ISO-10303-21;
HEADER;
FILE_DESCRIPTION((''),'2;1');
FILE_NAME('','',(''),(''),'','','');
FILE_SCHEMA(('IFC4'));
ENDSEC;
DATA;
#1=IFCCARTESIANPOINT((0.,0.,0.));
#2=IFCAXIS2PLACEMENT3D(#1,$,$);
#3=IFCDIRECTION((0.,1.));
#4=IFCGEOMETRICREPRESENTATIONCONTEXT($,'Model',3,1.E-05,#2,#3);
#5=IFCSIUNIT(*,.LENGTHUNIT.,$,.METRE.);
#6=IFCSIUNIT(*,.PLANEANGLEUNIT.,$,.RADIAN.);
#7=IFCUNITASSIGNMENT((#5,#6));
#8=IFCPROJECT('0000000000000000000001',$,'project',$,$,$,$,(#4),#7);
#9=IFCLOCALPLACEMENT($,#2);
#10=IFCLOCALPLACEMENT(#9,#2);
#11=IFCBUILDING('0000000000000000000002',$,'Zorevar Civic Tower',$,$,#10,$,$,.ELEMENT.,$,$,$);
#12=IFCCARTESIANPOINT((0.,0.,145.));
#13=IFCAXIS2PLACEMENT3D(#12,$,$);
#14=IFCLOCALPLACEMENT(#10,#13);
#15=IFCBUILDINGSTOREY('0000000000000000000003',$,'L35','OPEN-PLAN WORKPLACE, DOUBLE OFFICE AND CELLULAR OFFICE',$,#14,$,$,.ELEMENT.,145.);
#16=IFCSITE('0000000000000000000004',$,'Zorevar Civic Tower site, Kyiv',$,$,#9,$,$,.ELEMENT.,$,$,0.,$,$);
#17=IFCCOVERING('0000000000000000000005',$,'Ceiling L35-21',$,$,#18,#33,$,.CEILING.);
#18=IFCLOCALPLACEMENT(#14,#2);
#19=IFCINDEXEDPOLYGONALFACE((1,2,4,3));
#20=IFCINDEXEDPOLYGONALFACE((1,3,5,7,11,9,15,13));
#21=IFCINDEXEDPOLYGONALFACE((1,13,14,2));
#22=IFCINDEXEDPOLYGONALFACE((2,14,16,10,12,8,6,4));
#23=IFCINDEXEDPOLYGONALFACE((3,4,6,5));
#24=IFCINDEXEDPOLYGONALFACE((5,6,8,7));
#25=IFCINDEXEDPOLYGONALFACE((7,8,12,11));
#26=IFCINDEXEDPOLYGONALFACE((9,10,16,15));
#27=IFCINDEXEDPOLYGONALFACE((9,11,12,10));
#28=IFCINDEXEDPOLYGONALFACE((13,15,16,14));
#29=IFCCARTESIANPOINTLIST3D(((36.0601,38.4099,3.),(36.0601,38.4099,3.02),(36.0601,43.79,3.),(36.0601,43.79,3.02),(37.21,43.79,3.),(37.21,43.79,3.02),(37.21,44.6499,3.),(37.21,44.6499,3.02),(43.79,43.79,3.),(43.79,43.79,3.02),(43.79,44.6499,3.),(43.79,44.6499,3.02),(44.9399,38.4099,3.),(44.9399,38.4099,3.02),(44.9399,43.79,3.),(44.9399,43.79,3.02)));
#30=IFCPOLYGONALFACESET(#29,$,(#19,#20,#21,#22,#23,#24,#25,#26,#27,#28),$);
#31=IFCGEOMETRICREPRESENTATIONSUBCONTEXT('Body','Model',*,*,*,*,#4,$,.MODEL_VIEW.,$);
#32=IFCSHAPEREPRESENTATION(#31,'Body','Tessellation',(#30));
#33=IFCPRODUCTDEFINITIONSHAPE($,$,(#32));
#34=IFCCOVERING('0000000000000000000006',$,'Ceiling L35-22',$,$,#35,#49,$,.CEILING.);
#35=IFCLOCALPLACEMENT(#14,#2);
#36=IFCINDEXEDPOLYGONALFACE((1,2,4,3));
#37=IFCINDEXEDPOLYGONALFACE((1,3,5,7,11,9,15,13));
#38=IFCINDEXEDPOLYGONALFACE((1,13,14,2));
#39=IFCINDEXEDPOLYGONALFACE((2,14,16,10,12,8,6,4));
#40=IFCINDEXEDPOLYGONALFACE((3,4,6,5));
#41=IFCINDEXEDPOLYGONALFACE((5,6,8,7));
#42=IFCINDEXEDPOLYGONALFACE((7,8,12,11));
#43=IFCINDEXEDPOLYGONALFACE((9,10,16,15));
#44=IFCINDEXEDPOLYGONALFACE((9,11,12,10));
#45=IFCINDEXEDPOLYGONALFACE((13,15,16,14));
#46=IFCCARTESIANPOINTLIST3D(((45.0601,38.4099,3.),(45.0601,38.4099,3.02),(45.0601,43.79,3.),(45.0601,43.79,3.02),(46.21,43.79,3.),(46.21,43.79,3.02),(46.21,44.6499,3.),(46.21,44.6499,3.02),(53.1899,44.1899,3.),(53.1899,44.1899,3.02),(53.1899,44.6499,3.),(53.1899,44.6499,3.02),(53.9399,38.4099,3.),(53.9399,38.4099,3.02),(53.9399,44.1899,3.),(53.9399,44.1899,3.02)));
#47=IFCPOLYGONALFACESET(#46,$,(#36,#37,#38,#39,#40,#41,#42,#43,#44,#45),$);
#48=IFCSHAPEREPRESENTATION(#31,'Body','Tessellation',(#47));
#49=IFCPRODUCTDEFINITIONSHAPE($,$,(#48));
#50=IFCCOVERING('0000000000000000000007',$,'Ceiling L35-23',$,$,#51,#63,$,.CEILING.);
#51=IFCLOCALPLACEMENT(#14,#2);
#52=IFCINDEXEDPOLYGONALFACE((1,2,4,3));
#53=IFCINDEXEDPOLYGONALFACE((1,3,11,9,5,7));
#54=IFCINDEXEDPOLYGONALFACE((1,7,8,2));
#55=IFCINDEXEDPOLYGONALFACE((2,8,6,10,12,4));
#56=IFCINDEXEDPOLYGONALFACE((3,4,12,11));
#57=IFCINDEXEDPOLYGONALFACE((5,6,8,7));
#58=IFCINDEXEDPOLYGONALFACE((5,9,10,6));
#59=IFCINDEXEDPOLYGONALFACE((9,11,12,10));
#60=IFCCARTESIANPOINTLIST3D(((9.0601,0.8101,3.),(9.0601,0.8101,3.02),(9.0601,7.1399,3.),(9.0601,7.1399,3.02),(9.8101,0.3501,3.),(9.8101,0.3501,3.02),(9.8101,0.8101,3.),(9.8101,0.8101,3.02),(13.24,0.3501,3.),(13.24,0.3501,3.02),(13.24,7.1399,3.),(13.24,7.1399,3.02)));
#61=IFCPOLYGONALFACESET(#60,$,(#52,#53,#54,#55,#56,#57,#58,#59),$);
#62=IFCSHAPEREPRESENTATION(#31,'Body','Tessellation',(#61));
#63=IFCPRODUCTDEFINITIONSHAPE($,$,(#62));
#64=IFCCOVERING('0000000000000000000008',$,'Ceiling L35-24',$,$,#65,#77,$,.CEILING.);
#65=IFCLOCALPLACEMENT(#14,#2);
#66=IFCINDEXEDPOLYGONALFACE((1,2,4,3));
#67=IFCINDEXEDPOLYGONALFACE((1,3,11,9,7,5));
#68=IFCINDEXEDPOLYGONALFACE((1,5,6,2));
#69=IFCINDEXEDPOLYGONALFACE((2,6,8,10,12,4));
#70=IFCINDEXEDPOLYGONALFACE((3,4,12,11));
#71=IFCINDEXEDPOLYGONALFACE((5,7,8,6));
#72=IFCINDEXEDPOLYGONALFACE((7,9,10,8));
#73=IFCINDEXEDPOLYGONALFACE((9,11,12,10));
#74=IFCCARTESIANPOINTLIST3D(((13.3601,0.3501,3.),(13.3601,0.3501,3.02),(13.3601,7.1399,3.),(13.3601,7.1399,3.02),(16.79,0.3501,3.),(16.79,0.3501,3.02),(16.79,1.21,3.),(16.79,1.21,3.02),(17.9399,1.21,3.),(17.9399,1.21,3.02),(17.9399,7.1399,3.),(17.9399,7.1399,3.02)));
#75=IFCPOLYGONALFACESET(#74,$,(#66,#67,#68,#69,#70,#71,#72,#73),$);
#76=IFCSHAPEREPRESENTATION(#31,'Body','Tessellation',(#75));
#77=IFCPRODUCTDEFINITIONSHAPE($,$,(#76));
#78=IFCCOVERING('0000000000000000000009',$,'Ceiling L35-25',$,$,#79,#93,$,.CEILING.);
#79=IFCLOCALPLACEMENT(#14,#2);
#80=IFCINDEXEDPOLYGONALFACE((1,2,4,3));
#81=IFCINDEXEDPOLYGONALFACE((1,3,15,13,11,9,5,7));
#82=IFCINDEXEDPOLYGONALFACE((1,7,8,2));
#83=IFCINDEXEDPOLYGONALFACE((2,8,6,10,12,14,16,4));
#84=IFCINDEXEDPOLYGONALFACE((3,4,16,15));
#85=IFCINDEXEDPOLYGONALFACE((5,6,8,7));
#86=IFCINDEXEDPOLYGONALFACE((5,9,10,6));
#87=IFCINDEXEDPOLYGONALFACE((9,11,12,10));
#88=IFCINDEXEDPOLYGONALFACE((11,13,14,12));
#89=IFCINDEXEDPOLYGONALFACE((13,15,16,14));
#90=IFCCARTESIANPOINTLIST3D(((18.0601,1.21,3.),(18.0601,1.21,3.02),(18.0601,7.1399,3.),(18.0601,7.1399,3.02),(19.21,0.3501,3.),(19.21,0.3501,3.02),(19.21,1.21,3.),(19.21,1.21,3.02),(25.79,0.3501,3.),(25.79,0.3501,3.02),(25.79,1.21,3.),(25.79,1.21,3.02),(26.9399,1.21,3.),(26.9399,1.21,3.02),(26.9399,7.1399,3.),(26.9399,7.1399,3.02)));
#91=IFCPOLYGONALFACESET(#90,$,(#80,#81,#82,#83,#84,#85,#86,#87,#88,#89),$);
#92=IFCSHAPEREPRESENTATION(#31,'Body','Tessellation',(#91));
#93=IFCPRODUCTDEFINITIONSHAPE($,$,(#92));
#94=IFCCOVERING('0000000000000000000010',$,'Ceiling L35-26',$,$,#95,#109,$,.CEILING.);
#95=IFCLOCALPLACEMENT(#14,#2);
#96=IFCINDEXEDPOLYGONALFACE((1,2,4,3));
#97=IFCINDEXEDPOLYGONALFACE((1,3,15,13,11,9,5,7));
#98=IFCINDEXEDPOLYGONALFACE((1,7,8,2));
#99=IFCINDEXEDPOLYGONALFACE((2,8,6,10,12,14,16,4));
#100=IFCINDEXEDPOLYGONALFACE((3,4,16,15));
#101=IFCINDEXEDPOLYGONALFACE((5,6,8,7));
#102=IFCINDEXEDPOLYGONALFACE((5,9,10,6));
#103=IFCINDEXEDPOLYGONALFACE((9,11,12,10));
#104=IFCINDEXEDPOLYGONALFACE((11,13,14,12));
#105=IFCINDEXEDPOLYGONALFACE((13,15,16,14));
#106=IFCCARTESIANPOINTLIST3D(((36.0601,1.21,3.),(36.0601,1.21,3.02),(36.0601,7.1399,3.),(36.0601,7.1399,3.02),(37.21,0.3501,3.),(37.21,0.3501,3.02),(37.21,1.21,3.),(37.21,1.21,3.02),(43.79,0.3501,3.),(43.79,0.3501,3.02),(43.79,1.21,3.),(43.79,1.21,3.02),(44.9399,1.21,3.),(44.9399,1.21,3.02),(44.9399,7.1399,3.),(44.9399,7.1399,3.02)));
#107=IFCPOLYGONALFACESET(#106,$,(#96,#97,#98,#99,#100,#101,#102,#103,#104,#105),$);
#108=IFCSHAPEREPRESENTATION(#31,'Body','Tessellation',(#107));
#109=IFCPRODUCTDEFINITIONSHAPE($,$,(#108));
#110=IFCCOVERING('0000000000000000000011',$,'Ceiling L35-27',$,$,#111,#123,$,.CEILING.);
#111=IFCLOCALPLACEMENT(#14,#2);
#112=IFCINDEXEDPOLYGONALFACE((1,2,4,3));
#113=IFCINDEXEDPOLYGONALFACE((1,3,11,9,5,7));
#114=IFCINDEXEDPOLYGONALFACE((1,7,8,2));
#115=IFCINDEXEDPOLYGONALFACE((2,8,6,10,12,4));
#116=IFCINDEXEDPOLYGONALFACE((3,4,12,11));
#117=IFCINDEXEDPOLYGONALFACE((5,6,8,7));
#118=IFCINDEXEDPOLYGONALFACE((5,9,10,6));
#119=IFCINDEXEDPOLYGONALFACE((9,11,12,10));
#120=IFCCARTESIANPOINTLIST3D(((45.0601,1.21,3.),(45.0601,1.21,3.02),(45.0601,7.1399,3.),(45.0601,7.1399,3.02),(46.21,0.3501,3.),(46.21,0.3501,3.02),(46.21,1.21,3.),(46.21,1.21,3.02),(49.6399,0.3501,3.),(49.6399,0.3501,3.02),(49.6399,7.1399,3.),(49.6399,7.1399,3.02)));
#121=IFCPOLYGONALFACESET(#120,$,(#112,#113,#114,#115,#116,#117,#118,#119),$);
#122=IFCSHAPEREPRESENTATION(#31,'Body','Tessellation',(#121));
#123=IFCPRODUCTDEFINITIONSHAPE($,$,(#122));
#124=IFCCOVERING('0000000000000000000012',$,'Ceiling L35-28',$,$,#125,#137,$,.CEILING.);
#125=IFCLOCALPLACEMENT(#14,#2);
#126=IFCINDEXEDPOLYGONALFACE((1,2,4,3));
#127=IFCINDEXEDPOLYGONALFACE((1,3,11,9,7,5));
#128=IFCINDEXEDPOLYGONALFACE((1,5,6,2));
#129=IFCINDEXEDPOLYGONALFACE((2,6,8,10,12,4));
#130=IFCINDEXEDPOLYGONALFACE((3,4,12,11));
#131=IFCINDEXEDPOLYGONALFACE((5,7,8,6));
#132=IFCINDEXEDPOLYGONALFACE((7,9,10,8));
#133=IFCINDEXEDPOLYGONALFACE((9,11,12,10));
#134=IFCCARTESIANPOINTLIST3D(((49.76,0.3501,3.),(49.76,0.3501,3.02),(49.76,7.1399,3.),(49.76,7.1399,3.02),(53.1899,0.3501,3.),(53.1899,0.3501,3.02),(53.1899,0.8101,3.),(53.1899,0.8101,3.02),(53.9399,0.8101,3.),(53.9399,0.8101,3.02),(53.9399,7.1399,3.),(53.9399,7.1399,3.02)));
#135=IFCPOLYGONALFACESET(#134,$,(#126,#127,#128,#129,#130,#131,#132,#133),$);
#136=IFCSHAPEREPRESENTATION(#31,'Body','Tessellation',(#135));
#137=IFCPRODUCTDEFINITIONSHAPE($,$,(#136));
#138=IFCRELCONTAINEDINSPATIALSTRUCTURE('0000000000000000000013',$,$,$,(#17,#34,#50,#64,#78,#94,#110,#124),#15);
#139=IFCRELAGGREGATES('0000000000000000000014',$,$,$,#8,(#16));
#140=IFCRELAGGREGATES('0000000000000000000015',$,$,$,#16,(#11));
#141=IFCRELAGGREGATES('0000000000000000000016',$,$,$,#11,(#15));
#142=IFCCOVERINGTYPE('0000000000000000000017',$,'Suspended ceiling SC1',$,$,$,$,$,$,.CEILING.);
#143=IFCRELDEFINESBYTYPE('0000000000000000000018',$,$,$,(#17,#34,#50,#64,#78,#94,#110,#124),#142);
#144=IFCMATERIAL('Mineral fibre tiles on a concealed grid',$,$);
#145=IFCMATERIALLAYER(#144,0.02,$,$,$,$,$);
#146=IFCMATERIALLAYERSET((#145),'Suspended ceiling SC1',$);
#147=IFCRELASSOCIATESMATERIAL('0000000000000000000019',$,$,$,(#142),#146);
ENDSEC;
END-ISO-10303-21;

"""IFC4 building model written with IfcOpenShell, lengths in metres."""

from ifc_helpers import new_model, si_unit, direction, frame, origin, place, context, subcontext, project, spatial, polyline, outline, extrude, material, layer, layer_set, type_object, element, save


model = new_model("IFC4")

# Units and contexts
model_context = context("Model", 3, precision=1e-05, world=origin(), true_north=direction((0.0, 1.0)))
body_context = subcontext(model_context, "Body", "Model", "MODEL_VIEW")
ifc_project = project(units=[si_unit("LENGTHUNIT", "METRE"), si_unit("PLANEANGLEUNIT", "RADIAN")], contexts=[model_context])

# Site, building, storey
site_placement = place(None, origin())
site = spatial("IfcSite", under=ifc_project, at=site_placement, Name="Zorevar Civic Tower site, Kyiv", CompositionType="ELEMENT", RefElevation=0.0)
building_placement = place(site_placement, origin())
building = spatial("IfcBuilding", under=site, at=building_placement, Name="Zorevar Civic Tower", CompositionType="ELEMENT")
storey_placement = place(building_placement, frame((0.0, 0.0, 145.0)))
storey = spatial("IfcBuildingStorey", under=building, at=storey_placement, Name="L35", Description="OPEN-PLAN WORKPLACE, DOUBLE OFFICE AND CELLULAR OFFICE", CompositionType="ELEMENT", Elevation=145.0)

# Coverings
ifc_material_1 = material(Name="Mineral fibre tiles on a concealed grid")
ifc_layer_1 = layer(ifc_material_1, 0.02)
ifc_layer_set_1 = layer_set([ifc_layer_1], Name="Suspended ceiling SC1")
covering_type_1 = type_object("IfcCoveringType", Name="Suspended ceiling SC1", PredefinedType="CEILING", material=ifc_layer_set_1)
covering_1_placement = place(storey_placement, frame((0.0, 0.0, 3.0)))
element("IfcCovering", 1, at=covering_1_placement, inside=storey, type_object=covering_type_1, Name="Ceiling L35-21", PredefinedType="CEILING", context=body_context, shape_type="SweptSolid", body=[
    extrude(outline(polyline([(37.21, 43.79), (37.21, 44.6499), (43.79, 44.6499), (43.79, 43.79), (44.9399, 43.79), (44.9399, 38.4099), (36.0601, 38.4099), (36.0601, 43.79), (37.21, 43.79)])), origin(), (0.0, 0.0, 1.0), 0.02),
])
covering_2_placement = place(storey_placement, frame((0.0, 0.0, 3.0)))
element("IfcCovering", 2, at=covering_2_placement, inside=storey, type_object=covering_type_1, Name="Ceiling L35-22", PredefinedType="CEILING", context=body_context, shape_type="SweptSolid", body=[
    extrude(outline(polyline([(46.21, 43.79), (46.21, 44.6499), (53.1899, 44.6499), (53.1899, 44.1899), (53.9399, 44.1899), (53.9399, 38.4099), (45.0601, 38.4099), (45.0601, 43.79), (46.21, 43.79)])), origin(), (0.0, 0.0, 1.0), 0.02),
])
covering_3_placement = place(storey_placement, frame((0.0, 0.0, 3.0)))
element("IfcCovering", 3, at=covering_3_placement, inside=storey, type_object=covering_type_1, Name="Ceiling L35-23", PredefinedType="CEILING", context=body_context, shape_type="SweptSolid", body=[
    extrude(outline(polyline([(13.24, 7.1399), (13.24, 0.3501), (9.8101, 0.3501), (9.8101, 0.8101), (9.0601, 0.8101), (9.0601, 7.1399), (13.24, 7.1399)])), origin(), (0.0, 0.0, 1.0), 0.02),
])
covering_4_placement = place(storey_placement, frame((0.0, 0.0, 3.0)))
element("IfcCovering", 4, at=covering_4_placement, inside=storey, type_object=covering_type_1, Name="Ceiling L35-24", PredefinedType="CEILING", context=body_context, shape_type="SweptSolid", body=[
    extrude(outline(polyline([(17.9399, 7.1399), (17.9399, 1.21), (16.79, 1.21), (16.79, 0.3501), (13.3601, 0.3501), (13.3601, 7.1399), (17.9399, 7.1399)])), origin(), (0.0, 0.0, 1.0), 0.02),
])
covering_5_placement = place(storey_placement, frame((0.0, 0.0, 3.0)))
element("IfcCovering", 5, at=covering_5_placement, inside=storey, type_object=covering_type_1, Name="Ceiling L35-25", PredefinedType="CEILING", context=body_context, shape_type="SweptSolid", body=[
    extrude(outline(polyline([(19.21, 0.3501), (19.21, 1.21), (18.0601, 1.21), (18.0601, 7.1399), (26.9399, 7.1399), (26.9399, 1.21), (25.79, 1.21), (25.79, 0.3501), (19.21, 0.3501)])), origin(), (0.0, 0.0, 1.0), 0.02),
])
covering_6_placement = place(storey_placement, frame((0.0, 0.0, 3.0)))
element("IfcCovering", 6, at=covering_6_placement, inside=storey, type_object=covering_type_1, Name="Ceiling L35-26", PredefinedType="CEILING", context=body_context, shape_type="SweptSolid", body=[
    extrude(outline(polyline([(37.21, 0.3501), (37.21, 1.21), (36.0601, 1.21), (36.0601, 7.1399), (44.9399, 7.1399), (44.9399, 1.21), (43.79, 1.21), (43.79, 0.3501), (37.21, 0.3501)])), origin(), (0.0, 0.0, 1.0), 0.02),
])
covering_7_placement = place(storey_placement, frame((0.0, 0.0, 3.0)))
element("IfcCovering", 7, at=covering_7_placement, inside=storey, type_object=covering_type_1, Name="Ceiling L35-27", PredefinedType="CEILING", context=body_context, shape_type="SweptSolid", body=[
    extrude(outline(polyline([(49.6399, 7.1399), (49.6399, 0.3501), (46.21, 0.3501), (46.21, 1.21), (45.0601, 1.21), (45.0601, 7.1399), (49.6399, 7.1399)])), origin(), (0.0, 0.0, 1.0), 0.02),
])
covering_8_placement = place(storey_placement, frame((0.0, 0.0, 3.0)))
element("IfcCovering", 8, at=covering_8_placement, inside=storey, type_object=covering_type_1, Name="Ceiling L35-28", PredefinedType="CEILING", context=body_context, shape_type="SweptSolid", body=[
    extrude(outline(polyline([(53.9399, 7.1399), (53.9399, 0.8101), (53.1899, 0.8101), (53.1899, 0.3501), (49.76, 0.3501), (49.76, 7.1399), (53.9399, 7.1399)])), origin(), (0.0, 0.0, 1.0), 0.02),
])

save(model, "model.ifc")
